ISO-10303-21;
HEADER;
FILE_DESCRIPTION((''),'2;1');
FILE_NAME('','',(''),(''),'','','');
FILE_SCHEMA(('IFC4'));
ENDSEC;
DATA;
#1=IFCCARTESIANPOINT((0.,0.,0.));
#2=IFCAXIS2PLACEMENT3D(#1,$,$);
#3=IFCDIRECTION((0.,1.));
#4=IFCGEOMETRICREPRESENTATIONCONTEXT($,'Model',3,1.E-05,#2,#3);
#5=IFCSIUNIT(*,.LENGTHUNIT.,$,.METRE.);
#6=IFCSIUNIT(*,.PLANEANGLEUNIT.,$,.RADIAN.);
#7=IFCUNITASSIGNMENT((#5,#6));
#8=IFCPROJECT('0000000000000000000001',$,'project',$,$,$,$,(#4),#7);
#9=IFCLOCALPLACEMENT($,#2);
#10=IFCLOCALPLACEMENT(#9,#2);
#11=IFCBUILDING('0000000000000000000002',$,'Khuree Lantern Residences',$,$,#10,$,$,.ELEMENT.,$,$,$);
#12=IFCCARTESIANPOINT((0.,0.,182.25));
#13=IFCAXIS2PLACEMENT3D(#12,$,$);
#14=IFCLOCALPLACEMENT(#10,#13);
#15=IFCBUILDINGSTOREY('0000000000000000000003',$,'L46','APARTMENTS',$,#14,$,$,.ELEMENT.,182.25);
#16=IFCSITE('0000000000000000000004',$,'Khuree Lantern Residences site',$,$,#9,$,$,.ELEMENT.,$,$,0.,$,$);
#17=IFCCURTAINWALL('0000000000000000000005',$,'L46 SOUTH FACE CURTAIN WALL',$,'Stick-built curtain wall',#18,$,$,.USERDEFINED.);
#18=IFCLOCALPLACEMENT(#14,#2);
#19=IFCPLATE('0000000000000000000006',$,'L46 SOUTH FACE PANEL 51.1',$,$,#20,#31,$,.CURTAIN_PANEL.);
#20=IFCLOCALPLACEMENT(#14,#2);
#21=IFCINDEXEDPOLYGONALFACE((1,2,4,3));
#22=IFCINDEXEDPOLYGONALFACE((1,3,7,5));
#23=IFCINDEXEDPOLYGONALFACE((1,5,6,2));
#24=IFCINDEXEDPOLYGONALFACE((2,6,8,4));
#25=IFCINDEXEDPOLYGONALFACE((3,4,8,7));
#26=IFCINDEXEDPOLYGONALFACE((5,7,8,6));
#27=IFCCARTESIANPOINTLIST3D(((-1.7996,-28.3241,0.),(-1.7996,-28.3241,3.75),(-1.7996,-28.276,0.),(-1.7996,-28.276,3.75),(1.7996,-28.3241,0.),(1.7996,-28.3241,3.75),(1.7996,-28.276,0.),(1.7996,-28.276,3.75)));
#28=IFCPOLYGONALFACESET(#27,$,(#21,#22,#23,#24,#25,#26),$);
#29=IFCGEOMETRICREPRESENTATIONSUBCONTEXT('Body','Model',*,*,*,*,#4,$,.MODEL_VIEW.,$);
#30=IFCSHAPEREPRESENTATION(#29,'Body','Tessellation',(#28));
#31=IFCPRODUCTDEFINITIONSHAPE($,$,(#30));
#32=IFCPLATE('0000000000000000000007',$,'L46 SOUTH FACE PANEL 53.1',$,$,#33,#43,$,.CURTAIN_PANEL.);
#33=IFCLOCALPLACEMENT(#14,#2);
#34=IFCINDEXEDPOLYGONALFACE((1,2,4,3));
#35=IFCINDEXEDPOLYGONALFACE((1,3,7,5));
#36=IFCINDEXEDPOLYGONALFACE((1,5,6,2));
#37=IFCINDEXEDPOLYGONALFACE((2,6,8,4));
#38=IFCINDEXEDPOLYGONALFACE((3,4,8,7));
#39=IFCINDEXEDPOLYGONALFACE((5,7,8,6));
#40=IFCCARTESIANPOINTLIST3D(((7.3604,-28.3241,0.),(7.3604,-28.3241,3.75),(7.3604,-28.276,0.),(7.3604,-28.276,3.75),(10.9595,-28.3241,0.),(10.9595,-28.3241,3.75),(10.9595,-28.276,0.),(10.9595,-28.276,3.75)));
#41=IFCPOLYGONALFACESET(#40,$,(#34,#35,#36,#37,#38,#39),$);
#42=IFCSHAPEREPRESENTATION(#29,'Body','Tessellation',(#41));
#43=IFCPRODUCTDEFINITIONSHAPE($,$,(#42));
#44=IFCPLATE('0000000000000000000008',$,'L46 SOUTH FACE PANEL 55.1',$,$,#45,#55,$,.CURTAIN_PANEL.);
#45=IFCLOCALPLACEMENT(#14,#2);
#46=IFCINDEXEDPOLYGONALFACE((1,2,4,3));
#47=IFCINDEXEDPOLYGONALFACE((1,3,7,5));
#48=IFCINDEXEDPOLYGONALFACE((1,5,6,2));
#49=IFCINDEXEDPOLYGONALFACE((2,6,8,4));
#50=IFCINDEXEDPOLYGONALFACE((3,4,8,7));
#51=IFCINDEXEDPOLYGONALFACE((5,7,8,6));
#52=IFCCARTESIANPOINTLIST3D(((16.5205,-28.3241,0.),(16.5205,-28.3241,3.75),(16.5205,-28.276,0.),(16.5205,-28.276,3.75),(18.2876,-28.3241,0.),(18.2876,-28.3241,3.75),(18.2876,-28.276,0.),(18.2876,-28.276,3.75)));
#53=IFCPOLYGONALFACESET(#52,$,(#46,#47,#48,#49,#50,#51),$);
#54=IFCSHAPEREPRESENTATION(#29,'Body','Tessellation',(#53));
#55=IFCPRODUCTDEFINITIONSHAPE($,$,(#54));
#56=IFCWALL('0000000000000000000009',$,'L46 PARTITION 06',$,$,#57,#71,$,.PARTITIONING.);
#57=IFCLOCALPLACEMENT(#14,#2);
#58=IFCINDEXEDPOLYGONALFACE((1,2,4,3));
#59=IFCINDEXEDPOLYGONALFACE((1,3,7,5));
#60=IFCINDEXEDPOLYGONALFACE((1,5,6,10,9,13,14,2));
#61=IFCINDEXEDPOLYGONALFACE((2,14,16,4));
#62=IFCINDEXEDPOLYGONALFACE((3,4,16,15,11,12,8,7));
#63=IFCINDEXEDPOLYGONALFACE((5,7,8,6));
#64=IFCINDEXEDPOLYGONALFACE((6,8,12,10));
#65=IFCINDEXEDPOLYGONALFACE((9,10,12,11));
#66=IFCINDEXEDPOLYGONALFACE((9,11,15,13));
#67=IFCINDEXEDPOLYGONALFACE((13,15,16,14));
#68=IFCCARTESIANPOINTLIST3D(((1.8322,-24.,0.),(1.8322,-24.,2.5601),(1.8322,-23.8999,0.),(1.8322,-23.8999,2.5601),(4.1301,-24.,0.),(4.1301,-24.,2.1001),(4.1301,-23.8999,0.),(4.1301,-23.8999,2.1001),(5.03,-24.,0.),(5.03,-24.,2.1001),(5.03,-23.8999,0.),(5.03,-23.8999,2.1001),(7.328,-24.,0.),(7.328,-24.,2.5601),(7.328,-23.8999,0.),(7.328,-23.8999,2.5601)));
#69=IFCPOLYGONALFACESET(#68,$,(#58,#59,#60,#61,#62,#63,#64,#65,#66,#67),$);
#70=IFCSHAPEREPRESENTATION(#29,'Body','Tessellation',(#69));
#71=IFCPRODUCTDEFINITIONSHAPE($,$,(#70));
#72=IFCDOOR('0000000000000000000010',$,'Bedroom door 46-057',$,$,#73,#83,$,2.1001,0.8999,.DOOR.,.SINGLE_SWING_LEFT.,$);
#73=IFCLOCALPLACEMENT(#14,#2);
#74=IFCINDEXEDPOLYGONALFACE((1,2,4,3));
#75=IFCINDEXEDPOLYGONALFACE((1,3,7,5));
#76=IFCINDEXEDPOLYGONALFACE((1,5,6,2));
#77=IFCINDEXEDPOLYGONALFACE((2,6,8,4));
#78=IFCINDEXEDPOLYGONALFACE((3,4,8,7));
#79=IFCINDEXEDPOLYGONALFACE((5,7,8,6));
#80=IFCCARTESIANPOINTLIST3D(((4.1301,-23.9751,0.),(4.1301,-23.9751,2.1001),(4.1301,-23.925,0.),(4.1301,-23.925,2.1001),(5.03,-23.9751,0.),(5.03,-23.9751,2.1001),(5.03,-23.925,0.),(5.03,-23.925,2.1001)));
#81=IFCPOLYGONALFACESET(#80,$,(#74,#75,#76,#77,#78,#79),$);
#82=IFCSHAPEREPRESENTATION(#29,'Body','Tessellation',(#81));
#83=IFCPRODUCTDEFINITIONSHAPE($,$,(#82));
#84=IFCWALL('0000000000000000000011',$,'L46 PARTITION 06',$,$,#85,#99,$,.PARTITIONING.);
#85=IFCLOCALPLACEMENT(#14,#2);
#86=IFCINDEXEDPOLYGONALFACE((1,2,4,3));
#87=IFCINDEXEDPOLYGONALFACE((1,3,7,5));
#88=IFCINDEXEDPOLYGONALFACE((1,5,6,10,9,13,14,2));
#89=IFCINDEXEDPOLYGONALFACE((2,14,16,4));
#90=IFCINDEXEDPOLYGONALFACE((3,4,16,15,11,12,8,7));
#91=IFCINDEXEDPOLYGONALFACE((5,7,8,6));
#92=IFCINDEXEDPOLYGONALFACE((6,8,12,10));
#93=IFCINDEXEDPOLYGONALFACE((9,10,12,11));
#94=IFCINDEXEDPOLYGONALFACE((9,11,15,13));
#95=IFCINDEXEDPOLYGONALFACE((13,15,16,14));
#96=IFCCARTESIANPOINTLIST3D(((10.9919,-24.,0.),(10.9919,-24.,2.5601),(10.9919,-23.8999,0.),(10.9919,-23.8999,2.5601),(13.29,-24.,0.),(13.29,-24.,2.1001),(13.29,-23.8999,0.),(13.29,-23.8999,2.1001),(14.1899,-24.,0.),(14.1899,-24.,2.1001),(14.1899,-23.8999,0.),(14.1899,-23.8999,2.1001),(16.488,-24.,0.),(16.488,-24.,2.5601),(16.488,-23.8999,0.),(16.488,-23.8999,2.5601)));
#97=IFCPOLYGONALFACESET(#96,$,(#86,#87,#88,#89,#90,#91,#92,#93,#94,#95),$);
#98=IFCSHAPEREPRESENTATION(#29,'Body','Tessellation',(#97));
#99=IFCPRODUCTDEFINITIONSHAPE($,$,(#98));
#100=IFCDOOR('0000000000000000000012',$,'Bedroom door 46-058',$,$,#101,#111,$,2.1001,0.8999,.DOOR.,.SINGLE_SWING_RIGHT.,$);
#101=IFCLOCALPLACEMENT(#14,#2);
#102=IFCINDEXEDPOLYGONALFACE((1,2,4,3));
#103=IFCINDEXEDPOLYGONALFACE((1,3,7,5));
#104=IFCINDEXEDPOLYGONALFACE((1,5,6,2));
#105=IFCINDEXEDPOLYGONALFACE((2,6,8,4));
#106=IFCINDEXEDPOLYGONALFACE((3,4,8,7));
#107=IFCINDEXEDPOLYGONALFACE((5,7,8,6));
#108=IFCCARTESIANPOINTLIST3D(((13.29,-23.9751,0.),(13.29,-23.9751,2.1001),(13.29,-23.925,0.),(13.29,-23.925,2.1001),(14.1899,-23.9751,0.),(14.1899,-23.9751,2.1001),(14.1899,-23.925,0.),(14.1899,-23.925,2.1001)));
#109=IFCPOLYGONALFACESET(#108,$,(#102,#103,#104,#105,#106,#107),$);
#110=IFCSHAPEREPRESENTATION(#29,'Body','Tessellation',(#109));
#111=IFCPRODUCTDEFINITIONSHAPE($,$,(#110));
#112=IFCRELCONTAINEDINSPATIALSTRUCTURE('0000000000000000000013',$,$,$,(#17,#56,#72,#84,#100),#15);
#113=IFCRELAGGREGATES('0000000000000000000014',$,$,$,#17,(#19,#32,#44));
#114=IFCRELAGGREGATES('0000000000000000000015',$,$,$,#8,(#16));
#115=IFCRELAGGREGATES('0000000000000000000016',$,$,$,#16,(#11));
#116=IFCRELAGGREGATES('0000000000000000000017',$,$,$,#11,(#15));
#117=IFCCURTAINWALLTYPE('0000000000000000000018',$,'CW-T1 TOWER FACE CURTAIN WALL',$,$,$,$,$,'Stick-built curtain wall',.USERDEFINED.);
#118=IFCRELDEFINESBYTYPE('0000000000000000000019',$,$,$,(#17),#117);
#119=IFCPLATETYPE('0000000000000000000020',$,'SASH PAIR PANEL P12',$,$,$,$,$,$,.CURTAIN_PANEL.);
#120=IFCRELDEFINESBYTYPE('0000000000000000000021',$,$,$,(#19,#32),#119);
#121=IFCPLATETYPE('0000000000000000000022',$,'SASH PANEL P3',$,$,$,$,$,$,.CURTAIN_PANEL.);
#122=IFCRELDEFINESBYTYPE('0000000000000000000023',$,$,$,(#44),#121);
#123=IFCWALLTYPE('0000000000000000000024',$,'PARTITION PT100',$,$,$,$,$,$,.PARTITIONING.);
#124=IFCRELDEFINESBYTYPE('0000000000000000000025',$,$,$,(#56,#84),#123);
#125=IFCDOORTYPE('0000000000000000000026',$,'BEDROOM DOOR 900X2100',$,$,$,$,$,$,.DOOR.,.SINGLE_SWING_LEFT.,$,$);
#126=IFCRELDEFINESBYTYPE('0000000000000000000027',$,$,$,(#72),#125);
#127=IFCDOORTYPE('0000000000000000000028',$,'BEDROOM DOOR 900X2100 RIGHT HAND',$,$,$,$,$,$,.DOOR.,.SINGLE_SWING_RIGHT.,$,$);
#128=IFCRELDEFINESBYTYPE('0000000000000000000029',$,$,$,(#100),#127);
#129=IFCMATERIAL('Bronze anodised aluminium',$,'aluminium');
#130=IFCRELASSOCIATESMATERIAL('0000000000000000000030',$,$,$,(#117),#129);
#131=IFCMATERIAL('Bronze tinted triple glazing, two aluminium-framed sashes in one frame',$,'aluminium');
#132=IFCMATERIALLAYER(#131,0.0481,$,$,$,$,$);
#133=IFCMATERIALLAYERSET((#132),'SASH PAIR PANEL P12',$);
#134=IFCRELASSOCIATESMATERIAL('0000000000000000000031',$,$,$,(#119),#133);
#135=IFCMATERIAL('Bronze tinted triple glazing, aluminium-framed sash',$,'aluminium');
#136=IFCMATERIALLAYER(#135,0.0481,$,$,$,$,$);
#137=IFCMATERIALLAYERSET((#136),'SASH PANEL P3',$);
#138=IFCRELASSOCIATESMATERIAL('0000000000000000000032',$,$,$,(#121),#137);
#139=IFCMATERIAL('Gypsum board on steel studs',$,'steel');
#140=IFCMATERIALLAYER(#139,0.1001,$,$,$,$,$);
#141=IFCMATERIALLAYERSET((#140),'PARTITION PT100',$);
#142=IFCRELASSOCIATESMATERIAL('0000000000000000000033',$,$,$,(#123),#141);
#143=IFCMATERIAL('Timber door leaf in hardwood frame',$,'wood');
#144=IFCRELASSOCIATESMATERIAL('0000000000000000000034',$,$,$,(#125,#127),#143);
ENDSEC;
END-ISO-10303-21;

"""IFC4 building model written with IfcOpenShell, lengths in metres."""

from ifc_helpers import new_model, si_unit, direction, frame, frame_2d, origin, origin_2d, place, context, subcontext, project, spatial, rectangle, extrude, material, layer, layer_set, type_object, element, fill, aggregate, save


model = new_model("IFC4")

# Units and contexts
model_context = context("Model", 3, precision=1e-05, world=origin(), true_north=direction((0.0, 1.0)))
body_context = subcontext(model_context, "Body", "Model", "MODEL_VIEW")
ifc_project = project(units=[si_unit("LENGTHUNIT", "METRE"), si_unit("PLANEANGLEUNIT", "RADIAN")], contexts=[model_context])

# Site, building, storey
site_placement = place(None, origin())
site = spatial("IfcSite", under=ifc_project, at=site_placement, Name="Khuree Lantern Residences site", CompositionType="ELEMENT", RefElevation=0.0)
building_placement = place(site_placement, origin())
building = spatial("IfcBuilding", under=site, at=building_placement, Name="Khuree Lantern Residences", CompositionType="ELEMENT")
storey_placement = place(building_placement, frame((0.0, 0.0, 182.25)))
storey = spatial("IfcBuildingStorey", under=building, at=storey_placement, Name="L46", Description="APARTMENTS", CompositionType="ELEMENT", Elevation=182.25)

# Curtain wall
ifc_material_1 = material(Name="Bronze anodised aluminium", Category="aluminium")
curtain_wall_type = type_object("IfcCurtainWallType", Name="CW-T1 TOWER FACE CURTAIN WALL", ElementType="Stick-built curtain wall", PredefinedType="USERDEFINED", material=ifc_material_1)
curtain_wall_placement = place(storey_placement, origin())
curtain_wall = element("IfcCurtainWall", 1, at=curtain_wall_placement, inside=storey, type_object=curtain_wall_type, Name="L46 SOUTH FACE CURTAIN WALL", ObjectType="Stick-built curtain wall", PredefinedType="USERDEFINED")

# Plates
ifc_material_2 = material(Name="Bronze tinted triple glazing, two aluminium-framed sashes in one frame", Category="aluminium")
ifc_layer_1 = layer(ifc_material_2, 0.0481)
ifc_layer_set_1 = layer_set([ifc_layer_1], Name="SASH PAIR PANEL P12")
plate_type_1 = type_object("IfcPlateType", Name="SASH PAIR PANEL P12", PredefinedType="CURTAIN_PANEL", material=ifc_layer_set_1)
plate_1_placement = place(storey_placement, frame((0.0, -28.3, 0.0), z_axis=(0.0, 0.0, 1.0), x_axis=(1.0, 0.0, 0.0)))
plate_1 = element("IfcPlate", 2, at=plate_1_placement, type_object=plate_type_1, Name="L46 SOUTH FACE PANEL 51.1", PredefinedType="CURTAIN_PANEL", context=body_context, shape_type="SweptSolid", body=[
    extrude(rectangle(XDim=3.5991, YDim=0.0481, at=origin_2d()), origin(), (0.0, 0.0, 1.0), 3.75),
])
plate_2_placement = place(storey_placement, frame((9.1599, -28.3, 0.0), z_axis=(0.0, 0.0, 1.0), x_axis=(1.0, 0.0, 0.0)))
plate_2 = element("IfcPlate", 3, at=plate_2_placement, type_object=plate_type_1, Name="L46 SOUTH FACE PANEL 53.1", PredefinedType="CURTAIN_PANEL", context=body_context, shape_type="SweptSolid", body=[
    extrude(rectangle(XDim=3.5991, YDim=0.0481, at=origin_2d()), origin(), (0.0, 0.0, 1.0), 3.75),
])
ifc_material_3 = material(Name="Bronze tinted triple glazing, aluminium-framed sash", Category="aluminium")
ifc_layer_2 = layer(ifc_material_3, 0.0481)
ifc_layer_set_2 = layer_set([ifc_layer_2], Name="SASH PANEL P3")
plate_type_2 = type_object("IfcPlateType", Name="SASH PANEL P3", PredefinedType="CURTAIN_PANEL", material=ifc_layer_set_2)
plate_3_placement = place(storey_placement, frame((17.4041, -28.3, 0.0), z_axis=(0.0, 0.0, 1.0), x_axis=(1.0, 0.0, 0.0)))
plate_3 = element("IfcPlate", 4, at=plate_3_placement, type_object=plate_type_2, Name="L46 SOUTH FACE PANEL 55.1", PredefinedType="CURTAIN_PANEL", context=body_context, shape_type="SweptSolid", body=[
    extrude(rectangle(XDim=1.7671, YDim=0.0481, at=origin_2d()), origin(), (0.0, 0.0, 1.0), 3.75),
])
aggregate(curtain_wall, [plate_1, plate_2, plate_3])

# Walls, openings, doors
ifc_material_4 = material(Name="Gypsum board on steel studs", Category="steel")
ifc_layer_3 = layer(ifc_material_4, 0.1001)
ifc_layer_set_3 = layer_set([ifc_layer_3], Name="PARTITION PT100")
wall_type = type_object("IfcWallType", Name="PARTITION PT100", PredefinedType="PARTITIONING", material=ifc_layer_set_3)
wall_1_placement = place(storey_placement, frame((1.832, -23.95, 0.0), z_axis=(0.0, 0.0, 1.0), x_axis=(1.0, 0.0, 0.0)))
wall_1 = element("IfcWall", 5, at=wall_1_placement, inside=storey, type_object=wall_type, Name="L46 PARTITION 06", PredefinedType="PARTITIONING", context=body_context, shape_type="SweptSolid", body=[
    extrude(rectangle(XDim=5.4958, YDim=0.1001, at=frame_2d((2.748, 0.0))), origin(), (0.0, 0.0, 1.0), 2.5601),
])
opening_1_placement = place(wall_1_placement, frame((2.2981, 0.0, 0.0)))
opening_1 = element("IfcOpeningElement", 6, at=opening_1_placement, cuts=wall_1, PredefinedType="OPENING", context=body_context, shape_type="SweptSolid", body=[
    extrude(rectangle(XDim=0.8999, YDim=2.1001, at=frame_2d((0.45, 1.05))), frame((0.0, 0.0601, 0.0), z_axis=(0.0, -1.0, 0.0), x_axis=(1.0, 0.0, 0.0)), (0.0, 0.0, 1.0), 0.1201),
])
ifc_material_5 = material(Name="Timber door leaf in hardwood frame", Category="wood")
door_type_1 = type_object("IfcDoorType", Name="BEDROOM DOOR 900X2100", OperationType="SINGLE_SWING_LEFT", PredefinedType="DOOR", material=ifc_material_5)
door_1_placement = place(opening_1_placement, origin())
door_1 = element("IfcDoor", 7, at=door_1_placement, inside=storey, type_object=door_type_1, Name="Bedroom door 46-057", OperationType="SINGLE_SWING_LEFT", OverallHeight=2.1001, OverallWidth=0.8999, PredefinedType="DOOR", context=body_context, shape_type="SweptSolid", body=[
    extrude(rectangle(XDim=0.8999, YDim=2.1001, at=frame_2d((0.45, 1.05))), frame((0.0, 0.0249, 0.0), z_axis=(0.0, -1.0, 0.0), x_axis=(1.0, 0.0, 0.0)), (0.0, 0.0, 1.0), 0.05),
])
fill(opening_1, door_1)
wall_2_placement = place(storey_placement, frame((10.9919, -23.95, 0.0), z_axis=(0.0, 0.0, 1.0), x_axis=(1.0, 0.0, 0.0)))
wall_2 = element("IfcWall", 8, at=wall_2_placement, inside=storey, type_object=wall_type, Name="L46 PARTITION 06", PredefinedType="PARTITIONING", context=body_context, shape_type="SweptSolid", body=[
    extrude(rectangle(XDim=5.4961, YDim=0.1001, at=frame_2d((2.748, 0.0))), origin(), (0.0, 0.0, 1.0), 2.5601),
])
opening_2_placement = place(wall_2_placement, frame((2.2981, 0.0, 0.0)))
opening_2 = element("IfcOpeningElement", 9, at=opening_2_placement, cuts=wall_2, PredefinedType="OPENING", context=body_context, shape_type="SweptSolid", body=[
    extrude(rectangle(XDim=0.8999, YDim=2.1001, at=frame_2d((0.45, 1.05))), frame((0.0, 0.0601, 0.0), z_axis=(0.0, -1.0, 0.0), x_axis=(1.0, 0.0, 0.0)), (0.0, 0.0, 1.0), 0.1201),
])
door_type_2 = type_object("IfcDoorType", Name="BEDROOM DOOR 900X2100 RIGHT HAND", OperationType="SINGLE_SWING_RIGHT", PredefinedType="DOOR", material=ifc_material_5)
door_2_placement = place(opening_2_placement, origin())
door_2 = element("IfcDoor", 10, at=door_2_placement, inside=storey, type_object=door_type_2, Name="Bedroom door 46-058", OperationType="SINGLE_SWING_RIGHT", OverallHeight=2.1001, OverallWidth=0.8999, PredefinedType="DOOR", context=body_context, shape_type="SweptSolid", body=[
    extrude(rectangle(XDim=0.8999, YDim=2.1001, at=frame_2d((0.45, 1.05))), frame((0.0, 0.0249, 0.0), z_axis=(0.0, -1.0, 0.0), x_axis=(1.0, 0.0, 0.0)), (0.0, 0.0, 1.0), 0.05),
])
fill(opening_2, door_2)

save(model, "model.ifc")
